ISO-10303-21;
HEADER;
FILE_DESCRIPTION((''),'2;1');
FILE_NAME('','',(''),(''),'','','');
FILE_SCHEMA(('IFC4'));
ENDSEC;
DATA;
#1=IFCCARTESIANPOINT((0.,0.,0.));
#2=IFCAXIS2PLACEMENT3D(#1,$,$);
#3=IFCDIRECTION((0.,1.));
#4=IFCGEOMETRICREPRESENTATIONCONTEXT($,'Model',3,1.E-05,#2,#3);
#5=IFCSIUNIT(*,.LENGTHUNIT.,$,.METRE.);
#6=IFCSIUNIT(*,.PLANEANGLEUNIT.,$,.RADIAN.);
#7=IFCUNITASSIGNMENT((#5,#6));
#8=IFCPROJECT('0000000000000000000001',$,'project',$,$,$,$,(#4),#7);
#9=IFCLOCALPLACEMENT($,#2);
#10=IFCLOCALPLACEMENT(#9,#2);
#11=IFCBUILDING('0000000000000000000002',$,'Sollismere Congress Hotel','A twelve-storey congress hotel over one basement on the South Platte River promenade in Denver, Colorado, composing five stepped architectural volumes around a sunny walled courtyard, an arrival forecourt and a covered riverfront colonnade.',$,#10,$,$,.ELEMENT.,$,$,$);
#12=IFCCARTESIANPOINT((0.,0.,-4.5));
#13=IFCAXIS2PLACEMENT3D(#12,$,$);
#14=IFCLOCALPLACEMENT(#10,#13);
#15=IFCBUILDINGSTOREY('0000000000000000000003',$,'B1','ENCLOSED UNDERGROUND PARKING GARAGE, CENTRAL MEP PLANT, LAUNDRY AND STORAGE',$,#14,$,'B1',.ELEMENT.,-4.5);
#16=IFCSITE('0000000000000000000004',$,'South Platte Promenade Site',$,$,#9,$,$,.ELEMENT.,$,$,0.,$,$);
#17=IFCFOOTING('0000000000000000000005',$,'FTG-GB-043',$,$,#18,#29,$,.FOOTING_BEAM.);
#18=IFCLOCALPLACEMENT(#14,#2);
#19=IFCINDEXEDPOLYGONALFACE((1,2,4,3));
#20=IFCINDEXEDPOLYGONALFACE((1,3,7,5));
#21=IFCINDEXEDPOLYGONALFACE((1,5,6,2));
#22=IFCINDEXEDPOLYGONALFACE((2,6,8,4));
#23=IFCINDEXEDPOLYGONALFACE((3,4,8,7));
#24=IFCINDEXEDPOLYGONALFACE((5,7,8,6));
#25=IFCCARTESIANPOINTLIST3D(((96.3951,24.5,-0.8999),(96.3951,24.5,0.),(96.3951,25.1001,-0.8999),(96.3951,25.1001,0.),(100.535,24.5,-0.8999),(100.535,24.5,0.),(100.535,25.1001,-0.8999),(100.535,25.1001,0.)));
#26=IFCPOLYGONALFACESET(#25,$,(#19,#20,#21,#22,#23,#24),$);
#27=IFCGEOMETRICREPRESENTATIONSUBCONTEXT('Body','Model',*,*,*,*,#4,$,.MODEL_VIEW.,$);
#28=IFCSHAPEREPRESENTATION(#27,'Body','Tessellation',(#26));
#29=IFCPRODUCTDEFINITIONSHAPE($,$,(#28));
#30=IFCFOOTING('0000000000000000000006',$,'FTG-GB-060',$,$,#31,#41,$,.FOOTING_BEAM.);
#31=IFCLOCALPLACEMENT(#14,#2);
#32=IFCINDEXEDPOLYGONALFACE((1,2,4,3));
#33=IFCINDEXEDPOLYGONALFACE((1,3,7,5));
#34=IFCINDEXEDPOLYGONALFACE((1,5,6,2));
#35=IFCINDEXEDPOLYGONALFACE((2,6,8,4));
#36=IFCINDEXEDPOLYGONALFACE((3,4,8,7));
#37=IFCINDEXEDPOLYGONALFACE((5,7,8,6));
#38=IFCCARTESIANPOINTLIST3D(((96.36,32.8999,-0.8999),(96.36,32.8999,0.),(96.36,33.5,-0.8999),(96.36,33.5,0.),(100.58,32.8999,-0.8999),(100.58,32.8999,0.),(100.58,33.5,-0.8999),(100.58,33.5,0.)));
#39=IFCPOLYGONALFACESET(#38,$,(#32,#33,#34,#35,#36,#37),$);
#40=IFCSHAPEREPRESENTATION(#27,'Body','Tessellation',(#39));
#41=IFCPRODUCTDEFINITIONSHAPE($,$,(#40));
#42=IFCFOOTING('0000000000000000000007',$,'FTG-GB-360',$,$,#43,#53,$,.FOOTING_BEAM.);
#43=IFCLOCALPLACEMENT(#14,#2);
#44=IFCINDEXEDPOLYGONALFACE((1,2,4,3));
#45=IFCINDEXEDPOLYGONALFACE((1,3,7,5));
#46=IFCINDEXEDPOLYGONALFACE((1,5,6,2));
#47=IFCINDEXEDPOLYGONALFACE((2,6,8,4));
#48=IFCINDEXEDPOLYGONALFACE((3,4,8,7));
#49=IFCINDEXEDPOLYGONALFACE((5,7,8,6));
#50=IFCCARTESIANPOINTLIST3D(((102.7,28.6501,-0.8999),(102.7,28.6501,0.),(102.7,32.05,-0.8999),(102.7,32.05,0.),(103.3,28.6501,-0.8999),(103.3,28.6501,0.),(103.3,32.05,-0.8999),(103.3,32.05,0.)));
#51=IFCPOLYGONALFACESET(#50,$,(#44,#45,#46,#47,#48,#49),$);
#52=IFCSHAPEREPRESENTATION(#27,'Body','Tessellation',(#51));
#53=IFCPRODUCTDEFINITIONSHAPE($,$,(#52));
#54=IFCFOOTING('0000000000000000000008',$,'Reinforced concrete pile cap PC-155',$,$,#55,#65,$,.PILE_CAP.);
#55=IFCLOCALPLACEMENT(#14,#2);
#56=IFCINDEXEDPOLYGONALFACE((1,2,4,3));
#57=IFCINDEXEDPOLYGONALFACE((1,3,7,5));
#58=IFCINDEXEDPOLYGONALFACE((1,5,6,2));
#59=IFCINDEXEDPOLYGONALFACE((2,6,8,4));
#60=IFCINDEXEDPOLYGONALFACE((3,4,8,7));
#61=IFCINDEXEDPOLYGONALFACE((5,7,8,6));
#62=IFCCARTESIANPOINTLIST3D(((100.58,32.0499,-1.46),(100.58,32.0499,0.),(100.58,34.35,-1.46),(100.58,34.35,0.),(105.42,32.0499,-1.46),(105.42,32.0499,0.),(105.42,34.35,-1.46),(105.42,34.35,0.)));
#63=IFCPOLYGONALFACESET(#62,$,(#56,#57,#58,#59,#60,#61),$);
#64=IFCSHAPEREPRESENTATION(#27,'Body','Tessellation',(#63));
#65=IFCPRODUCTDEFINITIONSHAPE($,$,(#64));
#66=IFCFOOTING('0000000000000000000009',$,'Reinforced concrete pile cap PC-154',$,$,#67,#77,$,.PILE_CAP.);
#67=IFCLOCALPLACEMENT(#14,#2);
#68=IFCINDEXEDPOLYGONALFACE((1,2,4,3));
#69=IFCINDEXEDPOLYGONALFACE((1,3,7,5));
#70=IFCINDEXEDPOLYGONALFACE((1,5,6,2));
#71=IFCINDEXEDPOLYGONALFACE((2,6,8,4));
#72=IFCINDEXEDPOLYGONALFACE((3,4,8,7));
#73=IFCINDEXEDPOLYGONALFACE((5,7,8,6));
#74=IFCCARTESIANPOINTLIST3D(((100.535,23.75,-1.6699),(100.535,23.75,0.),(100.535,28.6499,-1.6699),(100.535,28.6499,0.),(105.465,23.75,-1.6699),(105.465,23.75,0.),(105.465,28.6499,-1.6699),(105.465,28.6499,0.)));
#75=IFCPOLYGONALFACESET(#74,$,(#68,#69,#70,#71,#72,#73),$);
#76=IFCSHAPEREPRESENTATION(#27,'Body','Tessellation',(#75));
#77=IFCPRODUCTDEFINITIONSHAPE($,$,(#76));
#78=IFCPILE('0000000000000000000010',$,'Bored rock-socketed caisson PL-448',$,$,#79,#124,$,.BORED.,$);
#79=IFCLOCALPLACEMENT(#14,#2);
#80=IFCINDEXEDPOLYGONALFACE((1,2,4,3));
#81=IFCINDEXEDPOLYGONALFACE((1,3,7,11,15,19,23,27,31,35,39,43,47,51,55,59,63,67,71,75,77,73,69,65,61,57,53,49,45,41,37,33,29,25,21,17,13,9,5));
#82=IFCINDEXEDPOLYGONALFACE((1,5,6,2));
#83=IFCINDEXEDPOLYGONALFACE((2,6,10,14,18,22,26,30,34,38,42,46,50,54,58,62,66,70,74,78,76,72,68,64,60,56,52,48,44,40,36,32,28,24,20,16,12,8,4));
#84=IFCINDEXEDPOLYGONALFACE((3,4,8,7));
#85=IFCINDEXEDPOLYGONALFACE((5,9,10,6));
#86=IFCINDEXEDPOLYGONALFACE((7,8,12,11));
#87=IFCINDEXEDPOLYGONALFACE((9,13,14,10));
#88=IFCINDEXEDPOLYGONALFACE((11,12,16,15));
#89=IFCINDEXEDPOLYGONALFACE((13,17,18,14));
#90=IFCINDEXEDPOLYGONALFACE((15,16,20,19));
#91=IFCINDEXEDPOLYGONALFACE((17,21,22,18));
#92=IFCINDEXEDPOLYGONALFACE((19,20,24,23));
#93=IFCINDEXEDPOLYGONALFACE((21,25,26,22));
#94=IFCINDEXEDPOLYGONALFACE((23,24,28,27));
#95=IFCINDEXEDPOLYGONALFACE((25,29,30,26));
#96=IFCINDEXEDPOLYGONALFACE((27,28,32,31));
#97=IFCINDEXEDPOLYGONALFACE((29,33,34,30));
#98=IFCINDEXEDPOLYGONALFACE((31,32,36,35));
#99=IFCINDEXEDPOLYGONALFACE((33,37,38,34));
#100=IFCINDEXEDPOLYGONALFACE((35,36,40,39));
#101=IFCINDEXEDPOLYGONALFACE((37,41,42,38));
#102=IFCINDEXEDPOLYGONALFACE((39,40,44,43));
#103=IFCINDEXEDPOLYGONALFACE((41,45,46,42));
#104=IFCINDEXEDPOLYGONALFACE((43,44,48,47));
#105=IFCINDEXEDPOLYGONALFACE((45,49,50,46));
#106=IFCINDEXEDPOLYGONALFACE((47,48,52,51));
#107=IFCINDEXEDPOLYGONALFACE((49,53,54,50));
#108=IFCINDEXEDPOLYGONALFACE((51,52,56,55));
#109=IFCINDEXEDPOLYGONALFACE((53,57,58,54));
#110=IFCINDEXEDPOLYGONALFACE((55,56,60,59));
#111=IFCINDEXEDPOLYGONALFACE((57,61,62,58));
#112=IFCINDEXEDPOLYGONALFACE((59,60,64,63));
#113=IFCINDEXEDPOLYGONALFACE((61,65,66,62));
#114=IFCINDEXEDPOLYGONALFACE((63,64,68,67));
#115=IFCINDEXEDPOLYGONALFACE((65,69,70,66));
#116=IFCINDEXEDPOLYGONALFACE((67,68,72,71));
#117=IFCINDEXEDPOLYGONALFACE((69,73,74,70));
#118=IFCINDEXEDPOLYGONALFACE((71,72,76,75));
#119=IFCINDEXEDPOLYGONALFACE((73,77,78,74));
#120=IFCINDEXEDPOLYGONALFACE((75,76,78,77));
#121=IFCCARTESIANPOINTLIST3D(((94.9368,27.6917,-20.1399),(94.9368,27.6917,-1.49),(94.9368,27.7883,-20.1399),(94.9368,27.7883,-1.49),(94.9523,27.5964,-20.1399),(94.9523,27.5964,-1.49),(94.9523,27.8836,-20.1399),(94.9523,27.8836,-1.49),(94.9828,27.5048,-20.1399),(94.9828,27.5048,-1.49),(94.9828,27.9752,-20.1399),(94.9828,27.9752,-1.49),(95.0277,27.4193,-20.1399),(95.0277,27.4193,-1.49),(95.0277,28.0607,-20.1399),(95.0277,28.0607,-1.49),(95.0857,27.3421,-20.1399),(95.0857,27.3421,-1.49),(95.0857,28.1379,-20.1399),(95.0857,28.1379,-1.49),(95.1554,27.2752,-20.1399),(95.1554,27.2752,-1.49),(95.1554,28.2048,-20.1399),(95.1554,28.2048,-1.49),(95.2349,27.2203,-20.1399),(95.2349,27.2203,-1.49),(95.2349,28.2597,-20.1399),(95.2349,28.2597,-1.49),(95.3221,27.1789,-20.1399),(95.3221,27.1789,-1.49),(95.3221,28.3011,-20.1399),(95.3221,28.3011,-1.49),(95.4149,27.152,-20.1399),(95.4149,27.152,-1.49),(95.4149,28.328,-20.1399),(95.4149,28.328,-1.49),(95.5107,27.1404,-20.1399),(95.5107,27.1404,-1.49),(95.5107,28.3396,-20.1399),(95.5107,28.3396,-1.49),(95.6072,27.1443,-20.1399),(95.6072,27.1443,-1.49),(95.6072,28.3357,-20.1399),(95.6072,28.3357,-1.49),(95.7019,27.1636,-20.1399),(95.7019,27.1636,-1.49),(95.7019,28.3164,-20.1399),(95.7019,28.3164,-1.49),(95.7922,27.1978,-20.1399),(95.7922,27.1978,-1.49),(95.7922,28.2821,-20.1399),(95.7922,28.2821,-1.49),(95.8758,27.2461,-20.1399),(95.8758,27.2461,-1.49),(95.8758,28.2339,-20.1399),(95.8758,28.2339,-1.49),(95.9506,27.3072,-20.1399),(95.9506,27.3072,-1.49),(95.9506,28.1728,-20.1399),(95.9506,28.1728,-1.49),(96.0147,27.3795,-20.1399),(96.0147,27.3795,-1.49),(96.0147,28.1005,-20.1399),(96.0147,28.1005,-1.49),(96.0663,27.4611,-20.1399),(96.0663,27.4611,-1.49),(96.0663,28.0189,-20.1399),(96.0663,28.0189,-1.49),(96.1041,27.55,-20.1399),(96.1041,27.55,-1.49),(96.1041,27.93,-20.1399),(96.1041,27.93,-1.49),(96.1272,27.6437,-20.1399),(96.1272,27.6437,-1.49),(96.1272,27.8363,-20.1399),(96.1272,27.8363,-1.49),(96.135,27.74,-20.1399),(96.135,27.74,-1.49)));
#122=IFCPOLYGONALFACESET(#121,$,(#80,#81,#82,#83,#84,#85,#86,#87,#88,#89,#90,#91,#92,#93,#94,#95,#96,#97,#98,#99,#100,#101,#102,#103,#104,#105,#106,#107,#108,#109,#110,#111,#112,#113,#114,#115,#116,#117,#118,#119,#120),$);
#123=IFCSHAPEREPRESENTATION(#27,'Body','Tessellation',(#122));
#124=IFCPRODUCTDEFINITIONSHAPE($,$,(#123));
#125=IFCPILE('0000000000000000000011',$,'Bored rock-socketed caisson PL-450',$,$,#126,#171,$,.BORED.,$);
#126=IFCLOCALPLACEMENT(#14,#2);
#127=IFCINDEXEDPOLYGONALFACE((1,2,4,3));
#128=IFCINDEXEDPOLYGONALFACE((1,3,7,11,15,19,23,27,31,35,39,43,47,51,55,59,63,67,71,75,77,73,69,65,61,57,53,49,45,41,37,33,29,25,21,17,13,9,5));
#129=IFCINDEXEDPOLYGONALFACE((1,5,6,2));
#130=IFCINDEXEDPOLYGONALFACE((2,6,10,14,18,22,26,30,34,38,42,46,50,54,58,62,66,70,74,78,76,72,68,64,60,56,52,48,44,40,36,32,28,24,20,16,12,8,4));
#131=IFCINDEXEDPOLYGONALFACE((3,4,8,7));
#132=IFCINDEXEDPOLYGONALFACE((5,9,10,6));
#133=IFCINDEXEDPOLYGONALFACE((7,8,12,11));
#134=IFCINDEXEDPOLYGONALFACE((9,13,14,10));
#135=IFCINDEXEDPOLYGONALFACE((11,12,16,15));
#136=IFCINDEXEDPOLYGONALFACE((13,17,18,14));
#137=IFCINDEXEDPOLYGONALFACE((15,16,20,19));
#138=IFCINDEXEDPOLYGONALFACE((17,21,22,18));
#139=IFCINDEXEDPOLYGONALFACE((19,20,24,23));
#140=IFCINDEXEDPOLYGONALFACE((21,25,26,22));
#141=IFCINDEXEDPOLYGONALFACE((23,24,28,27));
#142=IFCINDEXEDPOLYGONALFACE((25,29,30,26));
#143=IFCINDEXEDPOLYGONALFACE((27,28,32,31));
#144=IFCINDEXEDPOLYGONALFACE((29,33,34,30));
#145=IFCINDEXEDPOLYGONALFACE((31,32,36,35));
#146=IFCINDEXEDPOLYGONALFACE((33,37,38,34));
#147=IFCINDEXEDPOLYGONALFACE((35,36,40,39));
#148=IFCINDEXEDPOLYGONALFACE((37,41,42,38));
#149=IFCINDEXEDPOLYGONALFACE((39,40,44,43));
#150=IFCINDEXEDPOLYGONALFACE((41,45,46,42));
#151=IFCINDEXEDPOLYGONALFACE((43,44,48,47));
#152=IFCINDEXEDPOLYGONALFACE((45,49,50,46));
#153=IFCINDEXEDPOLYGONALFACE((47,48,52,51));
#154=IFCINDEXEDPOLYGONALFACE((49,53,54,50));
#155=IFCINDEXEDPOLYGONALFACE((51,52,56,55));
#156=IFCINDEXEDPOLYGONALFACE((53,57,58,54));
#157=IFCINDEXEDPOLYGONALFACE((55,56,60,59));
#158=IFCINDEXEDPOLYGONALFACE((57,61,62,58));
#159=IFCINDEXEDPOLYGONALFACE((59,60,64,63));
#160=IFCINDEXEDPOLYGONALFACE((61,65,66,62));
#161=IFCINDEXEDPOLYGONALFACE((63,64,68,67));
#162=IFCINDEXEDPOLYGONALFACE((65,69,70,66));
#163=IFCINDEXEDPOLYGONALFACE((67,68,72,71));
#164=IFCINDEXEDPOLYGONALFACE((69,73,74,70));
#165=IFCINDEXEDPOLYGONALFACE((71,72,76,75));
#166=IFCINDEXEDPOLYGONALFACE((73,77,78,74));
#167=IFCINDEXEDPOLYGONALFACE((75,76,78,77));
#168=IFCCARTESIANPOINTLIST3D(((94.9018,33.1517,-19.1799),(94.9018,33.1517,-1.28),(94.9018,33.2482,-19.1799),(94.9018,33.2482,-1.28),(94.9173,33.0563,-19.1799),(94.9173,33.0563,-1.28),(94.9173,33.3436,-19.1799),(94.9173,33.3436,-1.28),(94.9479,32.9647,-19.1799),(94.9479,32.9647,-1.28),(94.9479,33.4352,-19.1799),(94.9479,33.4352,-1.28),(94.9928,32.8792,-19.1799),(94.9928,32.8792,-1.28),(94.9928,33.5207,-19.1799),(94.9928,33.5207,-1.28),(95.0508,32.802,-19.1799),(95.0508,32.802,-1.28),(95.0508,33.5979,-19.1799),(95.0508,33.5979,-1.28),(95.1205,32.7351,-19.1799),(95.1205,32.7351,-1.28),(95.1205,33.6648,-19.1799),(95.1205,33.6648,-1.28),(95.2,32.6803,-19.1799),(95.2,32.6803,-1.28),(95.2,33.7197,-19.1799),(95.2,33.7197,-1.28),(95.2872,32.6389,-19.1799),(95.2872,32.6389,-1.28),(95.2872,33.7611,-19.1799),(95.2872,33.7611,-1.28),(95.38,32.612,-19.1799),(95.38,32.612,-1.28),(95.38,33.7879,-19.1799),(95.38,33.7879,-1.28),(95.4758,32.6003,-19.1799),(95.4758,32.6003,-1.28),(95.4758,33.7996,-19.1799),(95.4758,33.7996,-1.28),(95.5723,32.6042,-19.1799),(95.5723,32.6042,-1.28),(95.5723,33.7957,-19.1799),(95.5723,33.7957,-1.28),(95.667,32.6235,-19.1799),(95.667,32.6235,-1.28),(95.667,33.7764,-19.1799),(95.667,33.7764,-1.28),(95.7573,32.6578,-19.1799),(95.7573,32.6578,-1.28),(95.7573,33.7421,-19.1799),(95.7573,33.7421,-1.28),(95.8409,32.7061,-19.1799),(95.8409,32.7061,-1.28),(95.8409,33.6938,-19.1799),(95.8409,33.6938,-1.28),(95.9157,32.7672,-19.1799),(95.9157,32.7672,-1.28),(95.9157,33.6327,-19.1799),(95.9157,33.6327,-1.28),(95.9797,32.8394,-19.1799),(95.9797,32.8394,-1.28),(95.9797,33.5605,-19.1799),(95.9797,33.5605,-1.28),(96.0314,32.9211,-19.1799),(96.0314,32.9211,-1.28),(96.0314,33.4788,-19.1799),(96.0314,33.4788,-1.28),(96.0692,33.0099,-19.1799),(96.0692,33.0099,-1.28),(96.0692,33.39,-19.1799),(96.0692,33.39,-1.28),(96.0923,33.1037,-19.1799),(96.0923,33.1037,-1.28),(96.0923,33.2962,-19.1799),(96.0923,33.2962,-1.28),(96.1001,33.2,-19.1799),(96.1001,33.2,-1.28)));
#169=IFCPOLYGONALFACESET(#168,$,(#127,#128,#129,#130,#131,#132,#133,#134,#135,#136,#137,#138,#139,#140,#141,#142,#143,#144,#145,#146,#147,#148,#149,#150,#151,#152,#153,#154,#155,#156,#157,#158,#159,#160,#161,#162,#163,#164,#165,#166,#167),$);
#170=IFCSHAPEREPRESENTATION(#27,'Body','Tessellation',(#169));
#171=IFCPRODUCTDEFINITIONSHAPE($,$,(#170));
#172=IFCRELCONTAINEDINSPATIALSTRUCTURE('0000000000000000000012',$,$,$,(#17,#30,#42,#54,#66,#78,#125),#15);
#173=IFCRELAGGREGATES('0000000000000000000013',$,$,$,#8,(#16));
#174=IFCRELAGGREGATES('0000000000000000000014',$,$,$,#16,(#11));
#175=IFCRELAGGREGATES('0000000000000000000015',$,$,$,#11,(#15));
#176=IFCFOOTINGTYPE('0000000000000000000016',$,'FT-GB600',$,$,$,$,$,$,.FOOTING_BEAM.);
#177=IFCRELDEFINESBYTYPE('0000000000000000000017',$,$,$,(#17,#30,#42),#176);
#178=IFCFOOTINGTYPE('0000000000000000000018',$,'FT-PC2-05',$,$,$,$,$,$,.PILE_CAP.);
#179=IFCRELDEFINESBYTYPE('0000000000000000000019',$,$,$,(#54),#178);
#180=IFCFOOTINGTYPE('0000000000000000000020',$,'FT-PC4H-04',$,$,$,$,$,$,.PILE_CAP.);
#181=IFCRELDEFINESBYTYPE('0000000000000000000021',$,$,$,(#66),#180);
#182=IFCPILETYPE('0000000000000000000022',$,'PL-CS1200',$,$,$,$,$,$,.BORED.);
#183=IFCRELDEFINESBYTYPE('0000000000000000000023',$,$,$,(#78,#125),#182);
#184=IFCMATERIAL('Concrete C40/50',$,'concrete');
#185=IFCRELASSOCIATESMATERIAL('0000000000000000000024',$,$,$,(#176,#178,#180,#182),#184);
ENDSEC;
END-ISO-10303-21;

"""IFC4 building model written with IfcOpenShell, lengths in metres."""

from ifc_helpers import new_model, si_unit, direction, frame, origin, origin_2d, place, context, subcontext, project, spatial, rectangle, circle, extrude, material, material_profile, profile_set, type_object, element, save


model = new_model("IFC4")

# Units and contexts
model_context = context("Model", 3, precision=1e-05, world=origin(), true_north=direction((0.0, 1.0)))
body_context = subcontext(model_context, "Body", "Model", "MODEL_VIEW")
ifc_project = project(units=[si_unit("LENGTHUNIT", "METRE"), si_unit("PLANEANGLEUNIT", "RADIAN")], contexts=[model_context])

# Site, building, storey
site_placement = place(None, origin())
site = spatial("IfcSite", under=ifc_project, at=site_placement, Name="South Platte Promenade Site", CompositionType="ELEMENT", RefElevation=0.0)
building_placement = place(site_placement, origin())
building = spatial("IfcBuilding", under=site, at=building_placement, Name="Sollismere Congress Hotel", Description="A twelve-storey congress hotel over one basement on the South Platte River promenade in Denver, Colorado, composing five stepped architectural volumes around a sunny walled courtyard, an arrival forecourt and a covered riverfront colonnade.", CompositionType="ELEMENT")
storey_placement = place(building_placement, frame((0.0, 0.0, -4.5)))
storey = spatial("IfcBuildingStorey", under=building, at=storey_placement, Name="B1", Description="ENCLOSED UNDERGROUND PARKING GARAGE, CENTRAL MEP PLANT, LAUNDRY AND STORAGE", LongName="B1", CompositionType="ELEMENT", Elevation=-4.5)

# Footings
ifc_material_1 = material(Name="Concrete C40/50", Category="concrete")
footing_type_1 = type_object("IfcFootingType", Name="FT-GB600", PredefinedType="FOOTING_BEAM", material=ifc_material_1)
footing_1_placement = place(storey_placement, frame((98.4651, 24.8, -0.8999), z_axis=(0.0, 0.0, 1.0), x_axis=(1.0, 0.0, 0.0)))
element("IfcFooting", 1, at=footing_1_placement, inside=storey, type_object=footing_type_1, Name="FTG-GB-043", PredefinedType="FOOTING_BEAM", context=body_context, shape_type="SweptSolid", body=[
    extrude(rectangle(XDim=4.1399, YDim=0.6001, at=origin_2d()), origin(), (0.0, 0.0, 1.0), 0.8999),
])
footing_2_placement = place(storey_placement, frame((98.47, 33.2, -0.8999), z_axis=(0.0, 0.0, 1.0), x_axis=(1.0, 0.0, 0.0)))
element("IfcFooting", 2, at=footing_2_placement, inside=storey, type_object=footing_type_1, Name="FTG-GB-060", PredefinedType="FOOTING_BEAM", context=body_context, shape_type="SweptSolid", body=[
    extrude(rectangle(XDim=4.22, YDim=0.6001, at=origin_2d()), origin(), (0.0, 0.0, 1.0), 0.8999),
])
footing_3_placement = place(storey_placement, frame((103.0, 30.3501, -0.8999), z_axis=(0.0, 0.0, 1.0), x_axis=(0.0, 1.0, 0.0)))
element("IfcFooting", 3, at=footing_3_placement, inside=storey, type_object=footing_type_1, Name="FTG-GB-360", PredefinedType="FOOTING_BEAM", context=body_context, shape_type="SweptSolid", body=[
    extrude(rectangle(XDim=3.3999, YDim=0.6001, at=origin_2d()), origin(), (0.0, 0.0, 1.0), 0.8999),
])
footing_type_2 = type_object("IfcFootingType", Name="FT-PC2-05", PredefinedType="PILE_CAP", material=ifc_material_1)
footing_4_placement = place(storey_placement, frame((103.0, 33.2, -1.46), z_axis=(0.0, 0.0, 1.0), x_axis=(1.0, 0.0, 0.0)))
element("IfcFooting", 4, at=footing_4_placement, inside=storey, type_object=footing_type_2, Name="Reinforced concrete pile cap PC-155", PredefinedType="PILE_CAP", context=body_context, shape_type="SweptSolid", body=[
    extrude(rectangle(XDim=4.8401, YDim=2.3, at=origin_2d()), origin(), (0.0, 0.0, 1.0), 1.46),
])
footing_type_3 = type_object("IfcFootingType", Name="FT-PC4H-04", PredefinedType="PILE_CAP", material=ifc_material_1)
footing_5_placement = place(storey_placement, frame((103.0, 26.2, -1.6699), z_axis=(0.0, 0.0, 1.0), x_axis=(1.0, 0.0, 0.0)))
element("IfcFooting", 5, at=footing_5_placement, inside=storey, type_object=footing_type_3, Name="Reinforced concrete pile cap PC-154", PredefinedType="PILE_CAP", context=body_context, shape_type="SweptSolid", body=[
    extrude(rectangle(XDim=4.9299, YDim=4.8999, at=origin_2d()), origin(), (0.0, 0.0, 1.0), 1.6699),
])

# Piles
ifc_material_profile_1 = material_profile(ifc_material_1, circle(Radius=0.6001, at=origin_2d()), Name="CAISSON1200")
ifc_profile_set_1 = profile_set([ifc_material_profile_1], Name="Concrete C40/50")
pile_type = type_object("IfcPileType", Name="PL-CS1200", PredefinedType="BORED", material=ifc_profile_set_1)
pile_1_placement = place(storey_placement, frame((95.5349, 27.74, -1.49), z_axis=(0.0, 0.0, -1.0), x_axis=(1.0, 0.0, 0.0)))
element("IfcPile", 6, at=pile_1_placement, inside=storey, type_object=pile_type, Name="Bored rock-socketed caisson PL-448", PredefinedType="BORED", context=body_context, shape_type="SweptSolid", body=[
    extrude(circle(Radius=0.6001, at=origin_2d()), origin(), (0.0, 0.0, 1.0), 18.6499),
])
pile_2_placement = place(storey_placement, frame((95.5, 33.2, -1.28), z_axis=(0.0, 0.0, -1.0), x_axis=(1.0, 0.0, 0.0)))
element("IfcPile", 7, at=pile_2_placement, inside=storey, type_object=pile_type, Name="Bored rock-socketed caisson PL-450", PredefinedType="BORED", context=body_context, shape_type="SweptSolid", body=[
    extrude(circle(Radius=0.6001, at=origin_2d()), origin(), (0.0, 0.0, 1.0), 17.8999),
])

save(model, "model.ifc")
